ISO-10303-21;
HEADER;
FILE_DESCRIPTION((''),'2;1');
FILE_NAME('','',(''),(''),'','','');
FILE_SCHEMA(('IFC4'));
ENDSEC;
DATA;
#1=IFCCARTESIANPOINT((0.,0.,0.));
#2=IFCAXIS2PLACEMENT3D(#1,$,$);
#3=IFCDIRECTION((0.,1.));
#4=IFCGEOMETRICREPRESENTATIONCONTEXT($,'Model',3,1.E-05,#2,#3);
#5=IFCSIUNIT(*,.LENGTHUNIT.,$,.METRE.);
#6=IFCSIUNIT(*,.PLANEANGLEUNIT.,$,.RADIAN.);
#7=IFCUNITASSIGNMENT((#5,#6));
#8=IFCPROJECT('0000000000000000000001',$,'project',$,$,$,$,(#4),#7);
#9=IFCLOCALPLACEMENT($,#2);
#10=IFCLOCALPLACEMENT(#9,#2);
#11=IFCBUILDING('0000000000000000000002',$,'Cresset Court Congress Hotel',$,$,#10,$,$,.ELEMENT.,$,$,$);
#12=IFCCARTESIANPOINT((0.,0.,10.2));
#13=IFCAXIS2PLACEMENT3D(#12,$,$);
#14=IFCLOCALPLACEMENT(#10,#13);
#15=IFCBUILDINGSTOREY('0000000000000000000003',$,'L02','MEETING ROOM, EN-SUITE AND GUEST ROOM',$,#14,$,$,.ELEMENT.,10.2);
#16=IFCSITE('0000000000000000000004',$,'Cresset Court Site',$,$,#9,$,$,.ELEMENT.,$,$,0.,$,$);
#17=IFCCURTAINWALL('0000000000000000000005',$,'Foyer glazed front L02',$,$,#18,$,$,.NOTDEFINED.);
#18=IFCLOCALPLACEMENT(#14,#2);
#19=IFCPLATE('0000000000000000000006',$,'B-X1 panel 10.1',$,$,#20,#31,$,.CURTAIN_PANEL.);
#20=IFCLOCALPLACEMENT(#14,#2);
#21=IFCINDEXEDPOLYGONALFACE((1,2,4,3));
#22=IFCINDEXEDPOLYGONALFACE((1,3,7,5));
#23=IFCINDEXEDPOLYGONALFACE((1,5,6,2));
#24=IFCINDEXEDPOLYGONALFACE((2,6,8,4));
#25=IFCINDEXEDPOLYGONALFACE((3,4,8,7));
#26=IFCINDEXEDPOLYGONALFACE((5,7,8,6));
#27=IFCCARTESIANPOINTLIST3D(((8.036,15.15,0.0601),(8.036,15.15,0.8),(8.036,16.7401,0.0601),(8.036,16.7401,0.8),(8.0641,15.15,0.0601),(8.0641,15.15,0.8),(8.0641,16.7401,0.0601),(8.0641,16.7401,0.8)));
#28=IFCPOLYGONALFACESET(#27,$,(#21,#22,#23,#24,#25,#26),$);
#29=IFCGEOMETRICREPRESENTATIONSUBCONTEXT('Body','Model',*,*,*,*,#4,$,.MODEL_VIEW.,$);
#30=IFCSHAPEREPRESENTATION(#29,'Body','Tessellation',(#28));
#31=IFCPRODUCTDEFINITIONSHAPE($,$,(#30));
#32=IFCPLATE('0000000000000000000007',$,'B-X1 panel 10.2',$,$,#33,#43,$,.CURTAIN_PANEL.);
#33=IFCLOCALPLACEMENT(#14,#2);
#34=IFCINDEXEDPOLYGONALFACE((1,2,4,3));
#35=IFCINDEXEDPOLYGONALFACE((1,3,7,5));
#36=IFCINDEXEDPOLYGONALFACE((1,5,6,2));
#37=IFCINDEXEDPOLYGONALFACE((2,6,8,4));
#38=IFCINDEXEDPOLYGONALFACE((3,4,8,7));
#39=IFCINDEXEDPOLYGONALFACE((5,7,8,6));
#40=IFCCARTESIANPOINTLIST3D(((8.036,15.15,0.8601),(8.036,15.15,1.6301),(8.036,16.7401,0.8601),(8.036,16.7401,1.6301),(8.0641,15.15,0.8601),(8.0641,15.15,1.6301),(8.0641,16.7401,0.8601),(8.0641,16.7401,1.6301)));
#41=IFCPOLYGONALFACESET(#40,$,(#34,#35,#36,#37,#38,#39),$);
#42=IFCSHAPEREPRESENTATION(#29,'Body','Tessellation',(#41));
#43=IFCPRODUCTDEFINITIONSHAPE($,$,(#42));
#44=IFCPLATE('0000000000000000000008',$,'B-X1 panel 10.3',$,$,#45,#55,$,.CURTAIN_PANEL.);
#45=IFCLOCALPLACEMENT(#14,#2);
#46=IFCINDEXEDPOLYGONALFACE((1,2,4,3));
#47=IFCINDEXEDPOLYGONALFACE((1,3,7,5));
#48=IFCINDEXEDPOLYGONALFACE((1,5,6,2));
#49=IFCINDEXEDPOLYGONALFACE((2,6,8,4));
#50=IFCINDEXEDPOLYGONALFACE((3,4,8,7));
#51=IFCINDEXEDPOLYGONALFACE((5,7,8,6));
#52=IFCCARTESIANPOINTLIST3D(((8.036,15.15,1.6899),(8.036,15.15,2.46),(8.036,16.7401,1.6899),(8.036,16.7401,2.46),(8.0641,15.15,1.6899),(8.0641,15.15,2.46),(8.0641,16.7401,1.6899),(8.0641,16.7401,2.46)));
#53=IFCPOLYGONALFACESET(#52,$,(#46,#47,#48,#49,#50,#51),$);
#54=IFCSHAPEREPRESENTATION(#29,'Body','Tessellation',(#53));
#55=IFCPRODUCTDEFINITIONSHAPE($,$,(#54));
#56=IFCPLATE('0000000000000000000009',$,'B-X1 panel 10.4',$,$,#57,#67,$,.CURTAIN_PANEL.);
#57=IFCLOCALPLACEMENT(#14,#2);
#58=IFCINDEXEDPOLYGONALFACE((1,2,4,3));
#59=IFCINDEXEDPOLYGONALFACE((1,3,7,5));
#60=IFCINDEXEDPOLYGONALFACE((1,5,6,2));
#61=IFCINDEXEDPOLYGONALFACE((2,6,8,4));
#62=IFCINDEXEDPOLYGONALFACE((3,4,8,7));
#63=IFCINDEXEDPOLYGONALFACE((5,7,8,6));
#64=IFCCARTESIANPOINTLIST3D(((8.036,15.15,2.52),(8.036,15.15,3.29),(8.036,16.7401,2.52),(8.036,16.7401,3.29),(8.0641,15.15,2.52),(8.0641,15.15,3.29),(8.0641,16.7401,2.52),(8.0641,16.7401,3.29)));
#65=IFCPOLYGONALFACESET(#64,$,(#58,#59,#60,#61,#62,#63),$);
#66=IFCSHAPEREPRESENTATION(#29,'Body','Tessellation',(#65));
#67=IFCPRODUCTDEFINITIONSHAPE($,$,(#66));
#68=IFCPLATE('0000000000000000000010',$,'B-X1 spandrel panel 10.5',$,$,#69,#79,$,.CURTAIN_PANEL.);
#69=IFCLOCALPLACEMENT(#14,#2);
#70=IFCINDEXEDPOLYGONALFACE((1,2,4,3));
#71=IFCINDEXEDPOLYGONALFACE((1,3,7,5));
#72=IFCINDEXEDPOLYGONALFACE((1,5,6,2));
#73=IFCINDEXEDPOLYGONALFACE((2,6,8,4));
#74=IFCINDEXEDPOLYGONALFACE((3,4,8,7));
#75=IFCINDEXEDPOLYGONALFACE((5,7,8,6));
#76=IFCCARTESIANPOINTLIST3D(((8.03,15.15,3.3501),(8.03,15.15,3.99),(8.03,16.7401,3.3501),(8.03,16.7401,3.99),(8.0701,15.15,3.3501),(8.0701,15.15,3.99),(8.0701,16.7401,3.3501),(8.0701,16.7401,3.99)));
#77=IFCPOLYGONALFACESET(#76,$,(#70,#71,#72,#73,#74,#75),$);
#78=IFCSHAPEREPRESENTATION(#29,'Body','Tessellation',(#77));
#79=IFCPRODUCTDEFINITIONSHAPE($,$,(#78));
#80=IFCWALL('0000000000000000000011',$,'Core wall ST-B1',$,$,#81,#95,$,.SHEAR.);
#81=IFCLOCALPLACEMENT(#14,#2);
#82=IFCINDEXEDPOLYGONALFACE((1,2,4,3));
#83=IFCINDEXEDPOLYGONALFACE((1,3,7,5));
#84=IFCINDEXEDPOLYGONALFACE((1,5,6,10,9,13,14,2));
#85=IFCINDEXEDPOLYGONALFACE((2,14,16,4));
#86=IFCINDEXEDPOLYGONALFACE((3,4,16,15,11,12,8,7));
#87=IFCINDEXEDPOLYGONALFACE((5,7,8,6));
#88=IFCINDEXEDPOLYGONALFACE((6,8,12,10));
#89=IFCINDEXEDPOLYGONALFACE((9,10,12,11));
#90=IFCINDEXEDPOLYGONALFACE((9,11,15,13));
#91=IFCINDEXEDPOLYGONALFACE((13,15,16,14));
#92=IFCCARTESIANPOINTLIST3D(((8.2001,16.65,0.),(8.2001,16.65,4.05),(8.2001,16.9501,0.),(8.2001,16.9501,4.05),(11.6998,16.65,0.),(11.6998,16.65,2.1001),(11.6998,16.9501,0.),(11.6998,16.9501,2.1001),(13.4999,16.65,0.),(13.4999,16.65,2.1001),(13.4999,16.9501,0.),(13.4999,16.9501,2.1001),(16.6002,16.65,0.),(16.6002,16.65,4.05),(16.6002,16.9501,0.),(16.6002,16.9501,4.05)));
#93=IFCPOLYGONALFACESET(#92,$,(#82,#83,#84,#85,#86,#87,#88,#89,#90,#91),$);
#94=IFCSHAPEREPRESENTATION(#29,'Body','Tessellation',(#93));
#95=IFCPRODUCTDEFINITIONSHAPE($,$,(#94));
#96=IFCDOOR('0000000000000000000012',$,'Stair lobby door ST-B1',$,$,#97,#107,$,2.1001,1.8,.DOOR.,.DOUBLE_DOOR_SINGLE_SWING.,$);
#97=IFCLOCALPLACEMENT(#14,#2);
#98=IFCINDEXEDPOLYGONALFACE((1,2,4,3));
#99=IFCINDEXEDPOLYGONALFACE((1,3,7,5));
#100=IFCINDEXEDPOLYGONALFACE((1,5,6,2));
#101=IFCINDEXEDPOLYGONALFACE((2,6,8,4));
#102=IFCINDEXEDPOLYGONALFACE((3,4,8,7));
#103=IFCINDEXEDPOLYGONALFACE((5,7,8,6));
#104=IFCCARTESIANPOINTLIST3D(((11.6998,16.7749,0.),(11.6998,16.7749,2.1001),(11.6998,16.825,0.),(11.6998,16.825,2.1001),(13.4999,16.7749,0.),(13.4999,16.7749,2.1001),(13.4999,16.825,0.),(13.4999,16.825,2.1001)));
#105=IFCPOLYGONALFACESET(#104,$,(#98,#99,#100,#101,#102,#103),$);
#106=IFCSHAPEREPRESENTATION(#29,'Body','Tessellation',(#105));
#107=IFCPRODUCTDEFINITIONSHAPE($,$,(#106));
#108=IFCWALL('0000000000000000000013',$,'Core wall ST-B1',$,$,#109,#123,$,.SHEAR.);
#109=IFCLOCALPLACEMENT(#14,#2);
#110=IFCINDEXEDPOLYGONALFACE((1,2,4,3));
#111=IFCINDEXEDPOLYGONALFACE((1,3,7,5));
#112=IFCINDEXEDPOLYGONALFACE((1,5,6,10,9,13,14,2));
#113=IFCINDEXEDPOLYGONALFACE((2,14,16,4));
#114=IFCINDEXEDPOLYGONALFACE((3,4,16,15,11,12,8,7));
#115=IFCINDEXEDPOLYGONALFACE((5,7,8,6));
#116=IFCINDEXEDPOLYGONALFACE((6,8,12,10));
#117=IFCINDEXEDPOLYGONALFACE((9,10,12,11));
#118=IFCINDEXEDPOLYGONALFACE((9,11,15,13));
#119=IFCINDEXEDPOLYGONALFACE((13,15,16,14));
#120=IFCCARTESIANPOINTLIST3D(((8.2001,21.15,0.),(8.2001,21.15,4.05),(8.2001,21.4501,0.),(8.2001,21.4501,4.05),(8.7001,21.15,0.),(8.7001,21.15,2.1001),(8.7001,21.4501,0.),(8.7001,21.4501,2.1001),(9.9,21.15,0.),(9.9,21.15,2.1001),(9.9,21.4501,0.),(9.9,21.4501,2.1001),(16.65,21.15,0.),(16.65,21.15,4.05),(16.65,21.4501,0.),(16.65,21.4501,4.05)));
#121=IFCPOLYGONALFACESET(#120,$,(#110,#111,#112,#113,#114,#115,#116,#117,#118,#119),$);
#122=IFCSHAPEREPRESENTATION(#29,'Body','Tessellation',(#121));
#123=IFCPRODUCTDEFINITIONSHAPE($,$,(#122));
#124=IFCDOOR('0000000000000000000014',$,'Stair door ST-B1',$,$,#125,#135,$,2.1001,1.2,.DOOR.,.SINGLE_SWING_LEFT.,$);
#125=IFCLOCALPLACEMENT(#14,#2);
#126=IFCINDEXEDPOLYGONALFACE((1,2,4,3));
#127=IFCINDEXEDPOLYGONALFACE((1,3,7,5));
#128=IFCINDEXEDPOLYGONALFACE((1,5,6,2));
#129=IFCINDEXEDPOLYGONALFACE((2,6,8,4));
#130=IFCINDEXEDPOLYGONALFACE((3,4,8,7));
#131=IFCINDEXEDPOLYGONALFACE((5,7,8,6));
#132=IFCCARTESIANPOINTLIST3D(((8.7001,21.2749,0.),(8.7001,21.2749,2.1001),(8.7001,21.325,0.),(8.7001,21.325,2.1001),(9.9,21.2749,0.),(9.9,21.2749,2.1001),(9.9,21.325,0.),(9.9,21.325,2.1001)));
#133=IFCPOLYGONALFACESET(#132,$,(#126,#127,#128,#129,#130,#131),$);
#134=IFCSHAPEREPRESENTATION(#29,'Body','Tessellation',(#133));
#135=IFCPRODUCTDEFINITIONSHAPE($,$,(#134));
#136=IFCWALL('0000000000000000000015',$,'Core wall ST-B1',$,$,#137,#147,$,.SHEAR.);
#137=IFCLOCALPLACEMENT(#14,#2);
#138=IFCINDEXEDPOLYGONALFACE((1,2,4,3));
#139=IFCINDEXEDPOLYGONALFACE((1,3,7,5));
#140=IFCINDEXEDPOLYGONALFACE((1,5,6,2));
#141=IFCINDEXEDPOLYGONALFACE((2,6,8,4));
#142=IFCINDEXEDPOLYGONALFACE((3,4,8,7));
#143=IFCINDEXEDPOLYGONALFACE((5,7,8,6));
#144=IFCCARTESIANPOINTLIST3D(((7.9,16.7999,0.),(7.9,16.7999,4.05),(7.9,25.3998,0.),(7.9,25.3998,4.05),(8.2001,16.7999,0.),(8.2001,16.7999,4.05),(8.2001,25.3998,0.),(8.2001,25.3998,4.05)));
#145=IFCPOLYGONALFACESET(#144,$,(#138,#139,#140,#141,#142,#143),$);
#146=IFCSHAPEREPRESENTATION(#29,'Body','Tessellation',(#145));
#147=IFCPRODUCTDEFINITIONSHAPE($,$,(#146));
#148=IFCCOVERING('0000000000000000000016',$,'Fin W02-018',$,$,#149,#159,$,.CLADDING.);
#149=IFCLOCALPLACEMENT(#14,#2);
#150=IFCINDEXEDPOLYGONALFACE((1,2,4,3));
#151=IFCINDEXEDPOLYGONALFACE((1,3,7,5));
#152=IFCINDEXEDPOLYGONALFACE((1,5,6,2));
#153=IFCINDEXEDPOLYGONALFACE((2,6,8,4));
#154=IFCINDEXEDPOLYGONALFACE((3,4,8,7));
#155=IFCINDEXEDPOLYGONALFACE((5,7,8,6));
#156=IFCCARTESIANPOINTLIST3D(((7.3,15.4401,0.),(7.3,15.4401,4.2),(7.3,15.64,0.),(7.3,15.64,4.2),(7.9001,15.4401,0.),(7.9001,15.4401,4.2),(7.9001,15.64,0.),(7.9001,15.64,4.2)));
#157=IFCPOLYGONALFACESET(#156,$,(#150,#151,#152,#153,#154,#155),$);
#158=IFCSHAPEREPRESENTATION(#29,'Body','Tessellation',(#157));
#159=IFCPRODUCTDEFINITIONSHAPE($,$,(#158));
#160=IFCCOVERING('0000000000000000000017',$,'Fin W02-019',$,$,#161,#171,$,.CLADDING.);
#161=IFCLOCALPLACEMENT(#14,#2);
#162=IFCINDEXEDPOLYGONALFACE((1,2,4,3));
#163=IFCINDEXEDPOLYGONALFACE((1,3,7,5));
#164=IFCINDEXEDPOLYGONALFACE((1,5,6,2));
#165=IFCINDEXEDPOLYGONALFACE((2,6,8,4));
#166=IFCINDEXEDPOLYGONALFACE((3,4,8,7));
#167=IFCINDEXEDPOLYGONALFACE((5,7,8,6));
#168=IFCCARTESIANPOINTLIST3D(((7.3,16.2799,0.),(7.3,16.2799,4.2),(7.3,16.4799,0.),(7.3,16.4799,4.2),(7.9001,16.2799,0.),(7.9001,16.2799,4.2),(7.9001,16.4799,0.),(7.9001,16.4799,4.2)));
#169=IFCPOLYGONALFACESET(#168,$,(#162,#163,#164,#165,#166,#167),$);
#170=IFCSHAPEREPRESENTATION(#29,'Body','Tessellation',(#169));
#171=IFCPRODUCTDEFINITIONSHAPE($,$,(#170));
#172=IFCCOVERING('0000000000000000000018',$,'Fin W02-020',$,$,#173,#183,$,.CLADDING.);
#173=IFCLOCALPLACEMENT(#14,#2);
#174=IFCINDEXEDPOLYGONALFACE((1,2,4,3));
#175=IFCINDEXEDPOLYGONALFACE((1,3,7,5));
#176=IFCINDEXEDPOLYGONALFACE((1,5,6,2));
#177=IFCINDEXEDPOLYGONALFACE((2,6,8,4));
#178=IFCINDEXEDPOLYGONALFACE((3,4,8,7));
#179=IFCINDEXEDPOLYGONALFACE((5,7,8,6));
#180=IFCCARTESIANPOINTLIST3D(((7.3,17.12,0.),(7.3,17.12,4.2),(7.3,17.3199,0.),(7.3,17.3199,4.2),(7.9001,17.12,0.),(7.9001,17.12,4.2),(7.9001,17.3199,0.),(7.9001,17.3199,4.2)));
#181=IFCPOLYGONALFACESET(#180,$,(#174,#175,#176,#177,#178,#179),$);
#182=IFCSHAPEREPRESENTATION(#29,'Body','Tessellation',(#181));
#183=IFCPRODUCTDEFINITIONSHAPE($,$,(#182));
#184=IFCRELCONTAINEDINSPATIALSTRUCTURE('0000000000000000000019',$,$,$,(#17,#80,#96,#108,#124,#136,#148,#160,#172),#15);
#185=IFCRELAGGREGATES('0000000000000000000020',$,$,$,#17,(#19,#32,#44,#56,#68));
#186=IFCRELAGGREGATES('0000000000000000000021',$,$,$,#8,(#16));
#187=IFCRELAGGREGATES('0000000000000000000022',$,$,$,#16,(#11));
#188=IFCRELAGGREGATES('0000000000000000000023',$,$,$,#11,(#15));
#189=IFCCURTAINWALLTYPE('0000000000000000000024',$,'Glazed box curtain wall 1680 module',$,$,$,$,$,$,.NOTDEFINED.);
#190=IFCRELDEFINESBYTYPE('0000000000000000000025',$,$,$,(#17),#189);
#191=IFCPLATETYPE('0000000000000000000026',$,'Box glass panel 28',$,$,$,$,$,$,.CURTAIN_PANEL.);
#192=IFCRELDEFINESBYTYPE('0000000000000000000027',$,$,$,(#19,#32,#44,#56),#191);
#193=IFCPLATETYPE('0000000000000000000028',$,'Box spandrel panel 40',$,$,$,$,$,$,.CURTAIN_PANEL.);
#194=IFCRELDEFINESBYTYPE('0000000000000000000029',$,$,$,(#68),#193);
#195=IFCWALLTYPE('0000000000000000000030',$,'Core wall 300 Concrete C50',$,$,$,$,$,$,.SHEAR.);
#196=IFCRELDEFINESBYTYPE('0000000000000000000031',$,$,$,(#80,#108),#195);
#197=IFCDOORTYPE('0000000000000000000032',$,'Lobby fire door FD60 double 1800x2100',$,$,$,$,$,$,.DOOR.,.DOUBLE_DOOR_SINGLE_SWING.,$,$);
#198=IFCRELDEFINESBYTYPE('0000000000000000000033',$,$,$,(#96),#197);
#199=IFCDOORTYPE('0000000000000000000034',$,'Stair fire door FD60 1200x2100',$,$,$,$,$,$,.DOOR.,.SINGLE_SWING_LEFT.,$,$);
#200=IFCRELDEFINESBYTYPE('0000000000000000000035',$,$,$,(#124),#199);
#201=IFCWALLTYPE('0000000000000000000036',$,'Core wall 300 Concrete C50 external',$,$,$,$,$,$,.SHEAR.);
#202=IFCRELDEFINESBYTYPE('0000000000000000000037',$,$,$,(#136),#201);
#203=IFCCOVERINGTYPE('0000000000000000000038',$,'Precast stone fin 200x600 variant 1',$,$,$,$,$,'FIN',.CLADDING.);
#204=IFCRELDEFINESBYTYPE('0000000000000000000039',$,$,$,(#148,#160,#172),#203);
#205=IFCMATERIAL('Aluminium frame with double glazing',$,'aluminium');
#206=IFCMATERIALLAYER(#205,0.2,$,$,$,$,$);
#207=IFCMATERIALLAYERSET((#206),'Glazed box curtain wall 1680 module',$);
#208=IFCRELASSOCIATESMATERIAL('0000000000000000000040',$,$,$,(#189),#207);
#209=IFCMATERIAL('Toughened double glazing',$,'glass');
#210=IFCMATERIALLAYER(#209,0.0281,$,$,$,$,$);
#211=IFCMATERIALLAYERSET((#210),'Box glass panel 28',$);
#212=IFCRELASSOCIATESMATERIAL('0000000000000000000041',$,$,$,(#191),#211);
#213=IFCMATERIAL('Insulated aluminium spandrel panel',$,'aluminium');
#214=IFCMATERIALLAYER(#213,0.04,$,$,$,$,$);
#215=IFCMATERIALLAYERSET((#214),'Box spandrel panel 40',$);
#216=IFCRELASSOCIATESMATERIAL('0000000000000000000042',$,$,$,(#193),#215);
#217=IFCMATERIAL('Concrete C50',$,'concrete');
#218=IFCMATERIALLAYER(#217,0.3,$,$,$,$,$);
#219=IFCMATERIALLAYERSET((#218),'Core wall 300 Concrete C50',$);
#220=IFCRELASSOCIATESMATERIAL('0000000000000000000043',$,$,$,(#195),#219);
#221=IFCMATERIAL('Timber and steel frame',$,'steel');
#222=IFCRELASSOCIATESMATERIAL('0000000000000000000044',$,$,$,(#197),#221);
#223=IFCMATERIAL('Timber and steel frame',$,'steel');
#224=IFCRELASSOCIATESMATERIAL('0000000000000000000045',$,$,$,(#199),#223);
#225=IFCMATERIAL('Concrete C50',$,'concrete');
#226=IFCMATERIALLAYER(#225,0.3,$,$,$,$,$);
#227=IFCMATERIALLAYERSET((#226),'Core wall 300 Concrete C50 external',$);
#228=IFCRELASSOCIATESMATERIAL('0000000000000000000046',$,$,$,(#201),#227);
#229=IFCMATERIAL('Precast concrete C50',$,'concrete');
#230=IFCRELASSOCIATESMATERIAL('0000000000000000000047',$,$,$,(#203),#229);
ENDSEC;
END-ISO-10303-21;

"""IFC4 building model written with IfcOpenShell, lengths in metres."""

from ifc_helpers import new_model, si_unit, direction, frame, frame_2d, origin, origin_2d, place, context, subcontext, project, spatial, rectangle, extrude, material, layer, layer_set, type_object, element, fill, aggregate, save


model = new_model("IFC4")

# Units and contexts
model_context = context("Model", 3, precision=1e-05, world=origin(), true_north=direction((0.0, 1.0)))
body_context = subcontext(model_context, "Body", "Model", "MODEL_VIEW")
ifc_project = project(units=[si_unit("LENGTHUNIT", "METRE"), si_unit("PLANEANGLEUNIT", "RADIAN")], contexts=[model_context])

# Site, building, storey
site_placement = place(None, origin())
site = spatial("IfcSite", under=ifc_project, at=site_placement, Name="Cresset Court Site", CompositionType="ELEMENT", RefElevation=0.0)
building_placement = place(site_placement, origin())
building = spatial("IfcBuilding", under=site, at=building_placement, Name="Cresset Court Congress Hotel", CompositionType="ELEMENT")
storey_placement = place(building_placement, frame((0.0, 0.0, 10.2)))
storey = spatial("IfcBuildingStorey", under=building, at=storey_placement, Name="L02", Description="MEETING ROOM, EN-SUITE AND GUEST ROOM", CompositionType="ELEMENT", Elevation=10.2)

# Curtain wall
ifc_material_1 = material(Name="Aluminium frame with double glazing", Category="aluminium")
ifc_layer_1 = layer(ifc_material_1, 0.2)
ifc_layer_set_1 = layer_set([ifc_layer_1], Name="Glazed box curtain wall 1680 module")
curtain_wall_type = type_object("IfcCurtainWallType", Name="Glazed box curtain wall 1680 module", PredefinedType="NOTDEFINED", material=ifc_layer_set_1)
curtain_wall_placement = place(storey_placement, origin())
curtain_wall = element("IfcCurtainWall", 1, at=curtain_wall_placement, inside=storey, type_object=curtain_wall_type, Name="Foyer glazed front L02", PredefinedType="NOTDEFINED")

# Plates
ifc_material_2 = material(Name="Toughened double glazing", Category="glass")
ifc_layer_2 = layer(ifc_material_2, 0.0281)
ifc_layer_set_2 = layer_set([ifc_layer_2], Name="Box glass panel 28")
plate_type_1 = type_object("IfcPlateType", Name="Box glass panel 28", PredefinedType="CURTAIN_PANEL", material=ifc_layer_set_2)
plate_1_placement = place(storey_placement, frame((8.05, 15.9451, 0.0601), z_axis=(0.0, 0.0, 1.0), x_axis=(0.0, 1.0, 0.0)))
plate_1 = element("IfcPlate", 2, at=plate_1_placement, type_object=plate_type_1, Name="B-X1 panel 10.1", PredefinedType="CURTAIN_PANEL", context=body_context, shape_type="SweptSolid", body=[
    extrude(rectangle(XDim=1.5901, YDim=0.0281, at=origin_2d()), origin(), (0.0, 0.0, 1.0), 0.74),
])
plate_2_placement = place(storey_placement, frame((8.05, 15.9451, 0.8601), z_axis=(0.0, 0.0, 1.0), x_axis=(0.0, 1.0, 0.0)))
plate_2 = element("IfcPlate", 3, at=plate_2_placement, type_object=plate_type_1, Name="B-X1 panel 10.2", PredefinedType="CURTAIN_PANEL", context=body_context, shape_type="SweptSolid", body=[
    extrude(rectangle(XDim=1.5901, YDim=0.0281, at=origin_2d()), origin(), (0.0, 0.0, 1.0), 0.77),
])
plate_3_placement = place(storey_placement, frame((8.05, 15.9451, 1.6899), z_axis=(0.0, 0.0, 1.0), x_axis=(0.0, 1.0, 0.0)))
plate_3 = element("IfcPlate", 4, at=plate_3_placement, type_object=plate_type_1, Name="B-X1 panel 10.3", PredefinedType="CURTAIN_PANEL", context=body_context, shape_type="SweptSolid", body=[
    extrude(rectangle(XDim=1.5901, YDim=0.0281, at=origin_2d()), origin(), (0.0, 0.0, 1.0), 0.77),
])
plate_4_placement = place(storey_placement, frame((8.05, 15.9451, 2.52), z_axis=(0.0, 0.0, 1.0), x_axis=(0.0, 1.0, 0.0)))
plate_4 = element("IfcPlate", 5, at=plate_4_placement, type_object=plate_type_1, Name="B-X1 panel 10.4", PredefinedType="CURTAIN_PANEL", context=body_context, shape_type="SweptSolid", body=[
    extrude(rectangle(XDim=1.5901, YDim=0.0281, at=origin_2d()), origin(), (0.0, 0.0, 1.0), 0.77),
])
ifc_material_3 = material(Name="Insulated aluminium spandrel panel", Category="aluminium")
ifc_layer_3 = layer(ifc_material_3, 0.04)
ifc_layer_set_3 = layer_set([ifc_layer_3], Name="Box spandrel panel 40")
plate_type_2 = type_object("IfcPlateType", Name="Box spandrel panel 40", PredefinedType="CURTAIN_PANEL", material=ifc_layer_set_3)
plate_5_placement = place(storey_placement, frame((8.05, 15.9451, 3.3501), z_axis=(0.0, 0.0, 1.0), x_axis=(0.0, 1.0, 0.0)))
plate_5 = element("IfcPlate", 6, at=plate_5_placement, type_object=plate_type_2, Name="B-X1 spandrel panel 10.5", PredefinedType="CURTAIN_PANEL", context=body_context, shape_type="SweptSolid", body=[
    extrude(rectangle(XDim=1.5901, YDim=0.04, at=origin_2d()), origin(), (0.0, 0.0, 1.0), 0.6399),
])
aggregate(curtain_wall, [plate_1, plate_2, plate_3, plate_4, plate_5])

# Walls, openings, doors
ifc_material_4 = material(Name="Concrete C50", Category="concrete")
ifc_layer_4 = layer(ifc_material_4, 0.3)
ifc_layer_set_4 = layer_set([ifc_layer_4], Name="Core wall 300 Concrete C50")
wall_type_1 = type_object("IfcWallType", Name="Core wall 300 Concrete C50", PredefinedType="SHEAR", material=ifc_layer_set_4)
wall_1_placement = place(storey_placement, frame((8.2, 16.8, 0.0), z_axis=(0.0, 0.0, 1.0), x_axis=(1.0, 0.0, 0.0)))
wall_1 = element("IfcWall", 7, at=wall_1_placement, inside=storey, type_object=wall_type_1, Name="Core wall ST-B1", PredefinedType="SHEAR", context=body_context, shape_type="SweptSolid", body=[
    extrude(rectangle(XDim=8.4001, YDim=0.3, at=frame_2d((4.2002, 0.0))), origin(), (0.0, 0.0, 1.0), 4.05),
])
opening_1_placement = place(wall_1_placement, frame((3.5, 0.0, 0.0)))
opening_1 = element("IfcOpeningElement", 8, at=opening_1_placement, cuts=wall_1, PredefinedType="OPENING", context=body_context, shape_type="SweptSolid", body=[
    extrude(rectangle(XDim=1.8, YDim=2.1001, at=frame_2d((0.8999, 1.05))), frame((0.0, 0.1599, 0.0), z_axis=(0.0, -1.0, 0.0), x_axis=(1.0, 0.0, 0.0)), (0.0, 0.0, 1.0), 0.3201),
])
ifc_material_5 = material(Name="Timber and steel frame", Category="steel")
door_type_1 = type_object("IfcDoorType", Name="Lobby fire door FD60 double 1800x2100", OperationType="DOUBLE_DOOR_SINGLE_SWING", PredefinedType="DOOR", material=ifc_material_5)
door_1_placement = place(opening_1_placement, origin())
door_1 = element("IfcDoor", 9, at=door_1_placement, inside=storey, type_object=door_type_1, Name="Stair lobby door ST-B1", OperationType="DOUBLE_DOOR_SINGLE_SWING", OverallHeight=2.1001, OverallWidth=1.8, PredefinedType="DOOR", context=body_context, shape_type="SweptSolid", body=[
    extrude(rectangle(XDim=1.8, YDim=2.1001, at=frame_2d((0.8999, 1.05))), frame((0.0, 0.0249, 0.0), z_axis=(0.0, -1.0, 0.0), x_axis=(1.0, 0.0, 0.0)), (0.0, 0.0, 1.0), 0.05),
])
fill(opening_1, door_1)
wall_2_placement = place(storey_placement, frame((8.2, 21.3, 0.0), z_axis=(0.0, 0.0, 1.0), x_axis=(1.0, 0.0, 0.0)))
wall_2 = element("IfcWall", 10, at=wall_2_placement, inside=storey, type_object=wall_type_1, Name="Core wall ST-B1", PredefinedType="SHEAR", context=body_context, shape_type="SweptSolid", body=[
    extrude(rectangle(XDim=8.45, YDim=0.3, at=frame_2d((4.2251, 0.0))), origin(), (0.0, 0.0, 1.0), 4.05),
])
opening_2_placement = place(wall_2_placement, frame((0.5, 0.0, 0.0)))
opening_2 = element("IfcOpeningElement", 11, at=opening_2_placement, cuts=wall_2, PredefinedType="OPENING", context=body_context, shape_type="SweptSolid", body=[
    extrude(rectangle(XDim=1.2, YDim=2.1001, at=frame_2d((0.6001, 1.05))), frame((0.0, 0.1599, 0.0), z_axis=(0.0, -1.0, 0.0), x_axis=(1.0, 0.0, 0.0)), (0.0, 0.0, 1.0), 0.3201),
])
ifc_material_6 = material(Name="Timber and steel frame", Category="steel")
door_type_2 = type_object("IfcDoorType", Name="Stair fire door FD60 1200x2100", OperationType="SINGLE_SWING_LEFT", PredefinedType="DOOR", material=ifc_material_6)
door_2_placement = place(opening_2_placement, origin())
door_2 = element("IfcDoor", 12, at=door_2_placement, inside=storey, type_object=door_type_2, Name="Stair door ST-B1", OperationType="SINGLE_SWING_LEFT", OverallHeight=2.1001, OverallWidth=1.2, PredefinedType="DOOR", context=body_context, shape_type="SweptSolid", body=[
    extrude(rectangle(XDim=1.2, YDim=2.1001, at=frame_2d((0.6001, 1.05))), frame((0.0, 0.0249, 0.0), z_axis=(0.0, -1.0, 0.0), x_axis=(1.0, 0.0, 0.0)), (0.0, 0.0, 1.0), 0.05),
])
fill(opening_2, door_2)

# Wall
ifc_material_7 = material(Name="Concrete C50", Category="concrete")
ifc_layer_5 = layer(ifc_material_7, 0.3)
ifc_layer_set_5 = layer_set([ifc_layer_5], Name="Core wall 300 Concrete C50 external")
wall_type_2 = type_object("IfcWallType", Name="Core wall 300 Concrete C50 external", PredefinedType="SHEAR", material=ifc_layer_set_5)
wall_3_placement = place(storey_placement, frame((8.05, 16.8, 0.0), z_axis=(0.0, 0.0, 1.0), x_axis=(0.0, 1.0, 0.0)))
element("IfcWall", 13, at=wall_3_placement, inside=storey, type_object=wall_type_2, Name="Core wall ST-B1", PredefinedType="SHEAR", context=body_context, shape_type="SweptSolid", body=[
    extrude(rectangle(XDim=8.5999, YDim=0.3, at=frame_2d((4.2998, 0.0))), origin(), (0.0, 0.0, 1.0), 4.05),
])

# Coverings
ifc_material_8 = material(Name="Precast concrete C50", Category="concrete")
covering_type = type_object("IfcCoveringType", Name="Precast stone fin 200x600 variant 1", ElementType="FIN", PredefinedType="CLADDING", material=ifc_material_8)
for number, where, z_axis, x_axis, name in (
    (14, (7.6001, 15.54, 0.0), (0.0, 0.0, 1.0), (1.0, 0.0, 0.0), "Fin W02-018"),
    (15, (7.6001, 16.3799, 0.0), (0.0, 0.0, 1.0), (1.0, 0.0, 0.0), "Fin W02-019"),
    (16, (7.6001, 17.22, 0.0), (0.0, 0.0, 1.0), (1.0, 0.0, 0.0), "Fin W02-020"),
):
    element("IfcCovering", number, at=place(storey_placement, frame(where, z_axis=z_axis, x_axis=x_axis)), inside=storey, type_object=covering_type, Name=name, PredefinedType="CLADDING", context=body_context, shape_type="SweptSolid", body=[
        extrude(rectangle(XDim=0.6001, YDim=0.2, at=origin_2d()), origin(), (0.0, 0.0, 1.0), 4.2),
    ])

save(model, "model.ifc")
